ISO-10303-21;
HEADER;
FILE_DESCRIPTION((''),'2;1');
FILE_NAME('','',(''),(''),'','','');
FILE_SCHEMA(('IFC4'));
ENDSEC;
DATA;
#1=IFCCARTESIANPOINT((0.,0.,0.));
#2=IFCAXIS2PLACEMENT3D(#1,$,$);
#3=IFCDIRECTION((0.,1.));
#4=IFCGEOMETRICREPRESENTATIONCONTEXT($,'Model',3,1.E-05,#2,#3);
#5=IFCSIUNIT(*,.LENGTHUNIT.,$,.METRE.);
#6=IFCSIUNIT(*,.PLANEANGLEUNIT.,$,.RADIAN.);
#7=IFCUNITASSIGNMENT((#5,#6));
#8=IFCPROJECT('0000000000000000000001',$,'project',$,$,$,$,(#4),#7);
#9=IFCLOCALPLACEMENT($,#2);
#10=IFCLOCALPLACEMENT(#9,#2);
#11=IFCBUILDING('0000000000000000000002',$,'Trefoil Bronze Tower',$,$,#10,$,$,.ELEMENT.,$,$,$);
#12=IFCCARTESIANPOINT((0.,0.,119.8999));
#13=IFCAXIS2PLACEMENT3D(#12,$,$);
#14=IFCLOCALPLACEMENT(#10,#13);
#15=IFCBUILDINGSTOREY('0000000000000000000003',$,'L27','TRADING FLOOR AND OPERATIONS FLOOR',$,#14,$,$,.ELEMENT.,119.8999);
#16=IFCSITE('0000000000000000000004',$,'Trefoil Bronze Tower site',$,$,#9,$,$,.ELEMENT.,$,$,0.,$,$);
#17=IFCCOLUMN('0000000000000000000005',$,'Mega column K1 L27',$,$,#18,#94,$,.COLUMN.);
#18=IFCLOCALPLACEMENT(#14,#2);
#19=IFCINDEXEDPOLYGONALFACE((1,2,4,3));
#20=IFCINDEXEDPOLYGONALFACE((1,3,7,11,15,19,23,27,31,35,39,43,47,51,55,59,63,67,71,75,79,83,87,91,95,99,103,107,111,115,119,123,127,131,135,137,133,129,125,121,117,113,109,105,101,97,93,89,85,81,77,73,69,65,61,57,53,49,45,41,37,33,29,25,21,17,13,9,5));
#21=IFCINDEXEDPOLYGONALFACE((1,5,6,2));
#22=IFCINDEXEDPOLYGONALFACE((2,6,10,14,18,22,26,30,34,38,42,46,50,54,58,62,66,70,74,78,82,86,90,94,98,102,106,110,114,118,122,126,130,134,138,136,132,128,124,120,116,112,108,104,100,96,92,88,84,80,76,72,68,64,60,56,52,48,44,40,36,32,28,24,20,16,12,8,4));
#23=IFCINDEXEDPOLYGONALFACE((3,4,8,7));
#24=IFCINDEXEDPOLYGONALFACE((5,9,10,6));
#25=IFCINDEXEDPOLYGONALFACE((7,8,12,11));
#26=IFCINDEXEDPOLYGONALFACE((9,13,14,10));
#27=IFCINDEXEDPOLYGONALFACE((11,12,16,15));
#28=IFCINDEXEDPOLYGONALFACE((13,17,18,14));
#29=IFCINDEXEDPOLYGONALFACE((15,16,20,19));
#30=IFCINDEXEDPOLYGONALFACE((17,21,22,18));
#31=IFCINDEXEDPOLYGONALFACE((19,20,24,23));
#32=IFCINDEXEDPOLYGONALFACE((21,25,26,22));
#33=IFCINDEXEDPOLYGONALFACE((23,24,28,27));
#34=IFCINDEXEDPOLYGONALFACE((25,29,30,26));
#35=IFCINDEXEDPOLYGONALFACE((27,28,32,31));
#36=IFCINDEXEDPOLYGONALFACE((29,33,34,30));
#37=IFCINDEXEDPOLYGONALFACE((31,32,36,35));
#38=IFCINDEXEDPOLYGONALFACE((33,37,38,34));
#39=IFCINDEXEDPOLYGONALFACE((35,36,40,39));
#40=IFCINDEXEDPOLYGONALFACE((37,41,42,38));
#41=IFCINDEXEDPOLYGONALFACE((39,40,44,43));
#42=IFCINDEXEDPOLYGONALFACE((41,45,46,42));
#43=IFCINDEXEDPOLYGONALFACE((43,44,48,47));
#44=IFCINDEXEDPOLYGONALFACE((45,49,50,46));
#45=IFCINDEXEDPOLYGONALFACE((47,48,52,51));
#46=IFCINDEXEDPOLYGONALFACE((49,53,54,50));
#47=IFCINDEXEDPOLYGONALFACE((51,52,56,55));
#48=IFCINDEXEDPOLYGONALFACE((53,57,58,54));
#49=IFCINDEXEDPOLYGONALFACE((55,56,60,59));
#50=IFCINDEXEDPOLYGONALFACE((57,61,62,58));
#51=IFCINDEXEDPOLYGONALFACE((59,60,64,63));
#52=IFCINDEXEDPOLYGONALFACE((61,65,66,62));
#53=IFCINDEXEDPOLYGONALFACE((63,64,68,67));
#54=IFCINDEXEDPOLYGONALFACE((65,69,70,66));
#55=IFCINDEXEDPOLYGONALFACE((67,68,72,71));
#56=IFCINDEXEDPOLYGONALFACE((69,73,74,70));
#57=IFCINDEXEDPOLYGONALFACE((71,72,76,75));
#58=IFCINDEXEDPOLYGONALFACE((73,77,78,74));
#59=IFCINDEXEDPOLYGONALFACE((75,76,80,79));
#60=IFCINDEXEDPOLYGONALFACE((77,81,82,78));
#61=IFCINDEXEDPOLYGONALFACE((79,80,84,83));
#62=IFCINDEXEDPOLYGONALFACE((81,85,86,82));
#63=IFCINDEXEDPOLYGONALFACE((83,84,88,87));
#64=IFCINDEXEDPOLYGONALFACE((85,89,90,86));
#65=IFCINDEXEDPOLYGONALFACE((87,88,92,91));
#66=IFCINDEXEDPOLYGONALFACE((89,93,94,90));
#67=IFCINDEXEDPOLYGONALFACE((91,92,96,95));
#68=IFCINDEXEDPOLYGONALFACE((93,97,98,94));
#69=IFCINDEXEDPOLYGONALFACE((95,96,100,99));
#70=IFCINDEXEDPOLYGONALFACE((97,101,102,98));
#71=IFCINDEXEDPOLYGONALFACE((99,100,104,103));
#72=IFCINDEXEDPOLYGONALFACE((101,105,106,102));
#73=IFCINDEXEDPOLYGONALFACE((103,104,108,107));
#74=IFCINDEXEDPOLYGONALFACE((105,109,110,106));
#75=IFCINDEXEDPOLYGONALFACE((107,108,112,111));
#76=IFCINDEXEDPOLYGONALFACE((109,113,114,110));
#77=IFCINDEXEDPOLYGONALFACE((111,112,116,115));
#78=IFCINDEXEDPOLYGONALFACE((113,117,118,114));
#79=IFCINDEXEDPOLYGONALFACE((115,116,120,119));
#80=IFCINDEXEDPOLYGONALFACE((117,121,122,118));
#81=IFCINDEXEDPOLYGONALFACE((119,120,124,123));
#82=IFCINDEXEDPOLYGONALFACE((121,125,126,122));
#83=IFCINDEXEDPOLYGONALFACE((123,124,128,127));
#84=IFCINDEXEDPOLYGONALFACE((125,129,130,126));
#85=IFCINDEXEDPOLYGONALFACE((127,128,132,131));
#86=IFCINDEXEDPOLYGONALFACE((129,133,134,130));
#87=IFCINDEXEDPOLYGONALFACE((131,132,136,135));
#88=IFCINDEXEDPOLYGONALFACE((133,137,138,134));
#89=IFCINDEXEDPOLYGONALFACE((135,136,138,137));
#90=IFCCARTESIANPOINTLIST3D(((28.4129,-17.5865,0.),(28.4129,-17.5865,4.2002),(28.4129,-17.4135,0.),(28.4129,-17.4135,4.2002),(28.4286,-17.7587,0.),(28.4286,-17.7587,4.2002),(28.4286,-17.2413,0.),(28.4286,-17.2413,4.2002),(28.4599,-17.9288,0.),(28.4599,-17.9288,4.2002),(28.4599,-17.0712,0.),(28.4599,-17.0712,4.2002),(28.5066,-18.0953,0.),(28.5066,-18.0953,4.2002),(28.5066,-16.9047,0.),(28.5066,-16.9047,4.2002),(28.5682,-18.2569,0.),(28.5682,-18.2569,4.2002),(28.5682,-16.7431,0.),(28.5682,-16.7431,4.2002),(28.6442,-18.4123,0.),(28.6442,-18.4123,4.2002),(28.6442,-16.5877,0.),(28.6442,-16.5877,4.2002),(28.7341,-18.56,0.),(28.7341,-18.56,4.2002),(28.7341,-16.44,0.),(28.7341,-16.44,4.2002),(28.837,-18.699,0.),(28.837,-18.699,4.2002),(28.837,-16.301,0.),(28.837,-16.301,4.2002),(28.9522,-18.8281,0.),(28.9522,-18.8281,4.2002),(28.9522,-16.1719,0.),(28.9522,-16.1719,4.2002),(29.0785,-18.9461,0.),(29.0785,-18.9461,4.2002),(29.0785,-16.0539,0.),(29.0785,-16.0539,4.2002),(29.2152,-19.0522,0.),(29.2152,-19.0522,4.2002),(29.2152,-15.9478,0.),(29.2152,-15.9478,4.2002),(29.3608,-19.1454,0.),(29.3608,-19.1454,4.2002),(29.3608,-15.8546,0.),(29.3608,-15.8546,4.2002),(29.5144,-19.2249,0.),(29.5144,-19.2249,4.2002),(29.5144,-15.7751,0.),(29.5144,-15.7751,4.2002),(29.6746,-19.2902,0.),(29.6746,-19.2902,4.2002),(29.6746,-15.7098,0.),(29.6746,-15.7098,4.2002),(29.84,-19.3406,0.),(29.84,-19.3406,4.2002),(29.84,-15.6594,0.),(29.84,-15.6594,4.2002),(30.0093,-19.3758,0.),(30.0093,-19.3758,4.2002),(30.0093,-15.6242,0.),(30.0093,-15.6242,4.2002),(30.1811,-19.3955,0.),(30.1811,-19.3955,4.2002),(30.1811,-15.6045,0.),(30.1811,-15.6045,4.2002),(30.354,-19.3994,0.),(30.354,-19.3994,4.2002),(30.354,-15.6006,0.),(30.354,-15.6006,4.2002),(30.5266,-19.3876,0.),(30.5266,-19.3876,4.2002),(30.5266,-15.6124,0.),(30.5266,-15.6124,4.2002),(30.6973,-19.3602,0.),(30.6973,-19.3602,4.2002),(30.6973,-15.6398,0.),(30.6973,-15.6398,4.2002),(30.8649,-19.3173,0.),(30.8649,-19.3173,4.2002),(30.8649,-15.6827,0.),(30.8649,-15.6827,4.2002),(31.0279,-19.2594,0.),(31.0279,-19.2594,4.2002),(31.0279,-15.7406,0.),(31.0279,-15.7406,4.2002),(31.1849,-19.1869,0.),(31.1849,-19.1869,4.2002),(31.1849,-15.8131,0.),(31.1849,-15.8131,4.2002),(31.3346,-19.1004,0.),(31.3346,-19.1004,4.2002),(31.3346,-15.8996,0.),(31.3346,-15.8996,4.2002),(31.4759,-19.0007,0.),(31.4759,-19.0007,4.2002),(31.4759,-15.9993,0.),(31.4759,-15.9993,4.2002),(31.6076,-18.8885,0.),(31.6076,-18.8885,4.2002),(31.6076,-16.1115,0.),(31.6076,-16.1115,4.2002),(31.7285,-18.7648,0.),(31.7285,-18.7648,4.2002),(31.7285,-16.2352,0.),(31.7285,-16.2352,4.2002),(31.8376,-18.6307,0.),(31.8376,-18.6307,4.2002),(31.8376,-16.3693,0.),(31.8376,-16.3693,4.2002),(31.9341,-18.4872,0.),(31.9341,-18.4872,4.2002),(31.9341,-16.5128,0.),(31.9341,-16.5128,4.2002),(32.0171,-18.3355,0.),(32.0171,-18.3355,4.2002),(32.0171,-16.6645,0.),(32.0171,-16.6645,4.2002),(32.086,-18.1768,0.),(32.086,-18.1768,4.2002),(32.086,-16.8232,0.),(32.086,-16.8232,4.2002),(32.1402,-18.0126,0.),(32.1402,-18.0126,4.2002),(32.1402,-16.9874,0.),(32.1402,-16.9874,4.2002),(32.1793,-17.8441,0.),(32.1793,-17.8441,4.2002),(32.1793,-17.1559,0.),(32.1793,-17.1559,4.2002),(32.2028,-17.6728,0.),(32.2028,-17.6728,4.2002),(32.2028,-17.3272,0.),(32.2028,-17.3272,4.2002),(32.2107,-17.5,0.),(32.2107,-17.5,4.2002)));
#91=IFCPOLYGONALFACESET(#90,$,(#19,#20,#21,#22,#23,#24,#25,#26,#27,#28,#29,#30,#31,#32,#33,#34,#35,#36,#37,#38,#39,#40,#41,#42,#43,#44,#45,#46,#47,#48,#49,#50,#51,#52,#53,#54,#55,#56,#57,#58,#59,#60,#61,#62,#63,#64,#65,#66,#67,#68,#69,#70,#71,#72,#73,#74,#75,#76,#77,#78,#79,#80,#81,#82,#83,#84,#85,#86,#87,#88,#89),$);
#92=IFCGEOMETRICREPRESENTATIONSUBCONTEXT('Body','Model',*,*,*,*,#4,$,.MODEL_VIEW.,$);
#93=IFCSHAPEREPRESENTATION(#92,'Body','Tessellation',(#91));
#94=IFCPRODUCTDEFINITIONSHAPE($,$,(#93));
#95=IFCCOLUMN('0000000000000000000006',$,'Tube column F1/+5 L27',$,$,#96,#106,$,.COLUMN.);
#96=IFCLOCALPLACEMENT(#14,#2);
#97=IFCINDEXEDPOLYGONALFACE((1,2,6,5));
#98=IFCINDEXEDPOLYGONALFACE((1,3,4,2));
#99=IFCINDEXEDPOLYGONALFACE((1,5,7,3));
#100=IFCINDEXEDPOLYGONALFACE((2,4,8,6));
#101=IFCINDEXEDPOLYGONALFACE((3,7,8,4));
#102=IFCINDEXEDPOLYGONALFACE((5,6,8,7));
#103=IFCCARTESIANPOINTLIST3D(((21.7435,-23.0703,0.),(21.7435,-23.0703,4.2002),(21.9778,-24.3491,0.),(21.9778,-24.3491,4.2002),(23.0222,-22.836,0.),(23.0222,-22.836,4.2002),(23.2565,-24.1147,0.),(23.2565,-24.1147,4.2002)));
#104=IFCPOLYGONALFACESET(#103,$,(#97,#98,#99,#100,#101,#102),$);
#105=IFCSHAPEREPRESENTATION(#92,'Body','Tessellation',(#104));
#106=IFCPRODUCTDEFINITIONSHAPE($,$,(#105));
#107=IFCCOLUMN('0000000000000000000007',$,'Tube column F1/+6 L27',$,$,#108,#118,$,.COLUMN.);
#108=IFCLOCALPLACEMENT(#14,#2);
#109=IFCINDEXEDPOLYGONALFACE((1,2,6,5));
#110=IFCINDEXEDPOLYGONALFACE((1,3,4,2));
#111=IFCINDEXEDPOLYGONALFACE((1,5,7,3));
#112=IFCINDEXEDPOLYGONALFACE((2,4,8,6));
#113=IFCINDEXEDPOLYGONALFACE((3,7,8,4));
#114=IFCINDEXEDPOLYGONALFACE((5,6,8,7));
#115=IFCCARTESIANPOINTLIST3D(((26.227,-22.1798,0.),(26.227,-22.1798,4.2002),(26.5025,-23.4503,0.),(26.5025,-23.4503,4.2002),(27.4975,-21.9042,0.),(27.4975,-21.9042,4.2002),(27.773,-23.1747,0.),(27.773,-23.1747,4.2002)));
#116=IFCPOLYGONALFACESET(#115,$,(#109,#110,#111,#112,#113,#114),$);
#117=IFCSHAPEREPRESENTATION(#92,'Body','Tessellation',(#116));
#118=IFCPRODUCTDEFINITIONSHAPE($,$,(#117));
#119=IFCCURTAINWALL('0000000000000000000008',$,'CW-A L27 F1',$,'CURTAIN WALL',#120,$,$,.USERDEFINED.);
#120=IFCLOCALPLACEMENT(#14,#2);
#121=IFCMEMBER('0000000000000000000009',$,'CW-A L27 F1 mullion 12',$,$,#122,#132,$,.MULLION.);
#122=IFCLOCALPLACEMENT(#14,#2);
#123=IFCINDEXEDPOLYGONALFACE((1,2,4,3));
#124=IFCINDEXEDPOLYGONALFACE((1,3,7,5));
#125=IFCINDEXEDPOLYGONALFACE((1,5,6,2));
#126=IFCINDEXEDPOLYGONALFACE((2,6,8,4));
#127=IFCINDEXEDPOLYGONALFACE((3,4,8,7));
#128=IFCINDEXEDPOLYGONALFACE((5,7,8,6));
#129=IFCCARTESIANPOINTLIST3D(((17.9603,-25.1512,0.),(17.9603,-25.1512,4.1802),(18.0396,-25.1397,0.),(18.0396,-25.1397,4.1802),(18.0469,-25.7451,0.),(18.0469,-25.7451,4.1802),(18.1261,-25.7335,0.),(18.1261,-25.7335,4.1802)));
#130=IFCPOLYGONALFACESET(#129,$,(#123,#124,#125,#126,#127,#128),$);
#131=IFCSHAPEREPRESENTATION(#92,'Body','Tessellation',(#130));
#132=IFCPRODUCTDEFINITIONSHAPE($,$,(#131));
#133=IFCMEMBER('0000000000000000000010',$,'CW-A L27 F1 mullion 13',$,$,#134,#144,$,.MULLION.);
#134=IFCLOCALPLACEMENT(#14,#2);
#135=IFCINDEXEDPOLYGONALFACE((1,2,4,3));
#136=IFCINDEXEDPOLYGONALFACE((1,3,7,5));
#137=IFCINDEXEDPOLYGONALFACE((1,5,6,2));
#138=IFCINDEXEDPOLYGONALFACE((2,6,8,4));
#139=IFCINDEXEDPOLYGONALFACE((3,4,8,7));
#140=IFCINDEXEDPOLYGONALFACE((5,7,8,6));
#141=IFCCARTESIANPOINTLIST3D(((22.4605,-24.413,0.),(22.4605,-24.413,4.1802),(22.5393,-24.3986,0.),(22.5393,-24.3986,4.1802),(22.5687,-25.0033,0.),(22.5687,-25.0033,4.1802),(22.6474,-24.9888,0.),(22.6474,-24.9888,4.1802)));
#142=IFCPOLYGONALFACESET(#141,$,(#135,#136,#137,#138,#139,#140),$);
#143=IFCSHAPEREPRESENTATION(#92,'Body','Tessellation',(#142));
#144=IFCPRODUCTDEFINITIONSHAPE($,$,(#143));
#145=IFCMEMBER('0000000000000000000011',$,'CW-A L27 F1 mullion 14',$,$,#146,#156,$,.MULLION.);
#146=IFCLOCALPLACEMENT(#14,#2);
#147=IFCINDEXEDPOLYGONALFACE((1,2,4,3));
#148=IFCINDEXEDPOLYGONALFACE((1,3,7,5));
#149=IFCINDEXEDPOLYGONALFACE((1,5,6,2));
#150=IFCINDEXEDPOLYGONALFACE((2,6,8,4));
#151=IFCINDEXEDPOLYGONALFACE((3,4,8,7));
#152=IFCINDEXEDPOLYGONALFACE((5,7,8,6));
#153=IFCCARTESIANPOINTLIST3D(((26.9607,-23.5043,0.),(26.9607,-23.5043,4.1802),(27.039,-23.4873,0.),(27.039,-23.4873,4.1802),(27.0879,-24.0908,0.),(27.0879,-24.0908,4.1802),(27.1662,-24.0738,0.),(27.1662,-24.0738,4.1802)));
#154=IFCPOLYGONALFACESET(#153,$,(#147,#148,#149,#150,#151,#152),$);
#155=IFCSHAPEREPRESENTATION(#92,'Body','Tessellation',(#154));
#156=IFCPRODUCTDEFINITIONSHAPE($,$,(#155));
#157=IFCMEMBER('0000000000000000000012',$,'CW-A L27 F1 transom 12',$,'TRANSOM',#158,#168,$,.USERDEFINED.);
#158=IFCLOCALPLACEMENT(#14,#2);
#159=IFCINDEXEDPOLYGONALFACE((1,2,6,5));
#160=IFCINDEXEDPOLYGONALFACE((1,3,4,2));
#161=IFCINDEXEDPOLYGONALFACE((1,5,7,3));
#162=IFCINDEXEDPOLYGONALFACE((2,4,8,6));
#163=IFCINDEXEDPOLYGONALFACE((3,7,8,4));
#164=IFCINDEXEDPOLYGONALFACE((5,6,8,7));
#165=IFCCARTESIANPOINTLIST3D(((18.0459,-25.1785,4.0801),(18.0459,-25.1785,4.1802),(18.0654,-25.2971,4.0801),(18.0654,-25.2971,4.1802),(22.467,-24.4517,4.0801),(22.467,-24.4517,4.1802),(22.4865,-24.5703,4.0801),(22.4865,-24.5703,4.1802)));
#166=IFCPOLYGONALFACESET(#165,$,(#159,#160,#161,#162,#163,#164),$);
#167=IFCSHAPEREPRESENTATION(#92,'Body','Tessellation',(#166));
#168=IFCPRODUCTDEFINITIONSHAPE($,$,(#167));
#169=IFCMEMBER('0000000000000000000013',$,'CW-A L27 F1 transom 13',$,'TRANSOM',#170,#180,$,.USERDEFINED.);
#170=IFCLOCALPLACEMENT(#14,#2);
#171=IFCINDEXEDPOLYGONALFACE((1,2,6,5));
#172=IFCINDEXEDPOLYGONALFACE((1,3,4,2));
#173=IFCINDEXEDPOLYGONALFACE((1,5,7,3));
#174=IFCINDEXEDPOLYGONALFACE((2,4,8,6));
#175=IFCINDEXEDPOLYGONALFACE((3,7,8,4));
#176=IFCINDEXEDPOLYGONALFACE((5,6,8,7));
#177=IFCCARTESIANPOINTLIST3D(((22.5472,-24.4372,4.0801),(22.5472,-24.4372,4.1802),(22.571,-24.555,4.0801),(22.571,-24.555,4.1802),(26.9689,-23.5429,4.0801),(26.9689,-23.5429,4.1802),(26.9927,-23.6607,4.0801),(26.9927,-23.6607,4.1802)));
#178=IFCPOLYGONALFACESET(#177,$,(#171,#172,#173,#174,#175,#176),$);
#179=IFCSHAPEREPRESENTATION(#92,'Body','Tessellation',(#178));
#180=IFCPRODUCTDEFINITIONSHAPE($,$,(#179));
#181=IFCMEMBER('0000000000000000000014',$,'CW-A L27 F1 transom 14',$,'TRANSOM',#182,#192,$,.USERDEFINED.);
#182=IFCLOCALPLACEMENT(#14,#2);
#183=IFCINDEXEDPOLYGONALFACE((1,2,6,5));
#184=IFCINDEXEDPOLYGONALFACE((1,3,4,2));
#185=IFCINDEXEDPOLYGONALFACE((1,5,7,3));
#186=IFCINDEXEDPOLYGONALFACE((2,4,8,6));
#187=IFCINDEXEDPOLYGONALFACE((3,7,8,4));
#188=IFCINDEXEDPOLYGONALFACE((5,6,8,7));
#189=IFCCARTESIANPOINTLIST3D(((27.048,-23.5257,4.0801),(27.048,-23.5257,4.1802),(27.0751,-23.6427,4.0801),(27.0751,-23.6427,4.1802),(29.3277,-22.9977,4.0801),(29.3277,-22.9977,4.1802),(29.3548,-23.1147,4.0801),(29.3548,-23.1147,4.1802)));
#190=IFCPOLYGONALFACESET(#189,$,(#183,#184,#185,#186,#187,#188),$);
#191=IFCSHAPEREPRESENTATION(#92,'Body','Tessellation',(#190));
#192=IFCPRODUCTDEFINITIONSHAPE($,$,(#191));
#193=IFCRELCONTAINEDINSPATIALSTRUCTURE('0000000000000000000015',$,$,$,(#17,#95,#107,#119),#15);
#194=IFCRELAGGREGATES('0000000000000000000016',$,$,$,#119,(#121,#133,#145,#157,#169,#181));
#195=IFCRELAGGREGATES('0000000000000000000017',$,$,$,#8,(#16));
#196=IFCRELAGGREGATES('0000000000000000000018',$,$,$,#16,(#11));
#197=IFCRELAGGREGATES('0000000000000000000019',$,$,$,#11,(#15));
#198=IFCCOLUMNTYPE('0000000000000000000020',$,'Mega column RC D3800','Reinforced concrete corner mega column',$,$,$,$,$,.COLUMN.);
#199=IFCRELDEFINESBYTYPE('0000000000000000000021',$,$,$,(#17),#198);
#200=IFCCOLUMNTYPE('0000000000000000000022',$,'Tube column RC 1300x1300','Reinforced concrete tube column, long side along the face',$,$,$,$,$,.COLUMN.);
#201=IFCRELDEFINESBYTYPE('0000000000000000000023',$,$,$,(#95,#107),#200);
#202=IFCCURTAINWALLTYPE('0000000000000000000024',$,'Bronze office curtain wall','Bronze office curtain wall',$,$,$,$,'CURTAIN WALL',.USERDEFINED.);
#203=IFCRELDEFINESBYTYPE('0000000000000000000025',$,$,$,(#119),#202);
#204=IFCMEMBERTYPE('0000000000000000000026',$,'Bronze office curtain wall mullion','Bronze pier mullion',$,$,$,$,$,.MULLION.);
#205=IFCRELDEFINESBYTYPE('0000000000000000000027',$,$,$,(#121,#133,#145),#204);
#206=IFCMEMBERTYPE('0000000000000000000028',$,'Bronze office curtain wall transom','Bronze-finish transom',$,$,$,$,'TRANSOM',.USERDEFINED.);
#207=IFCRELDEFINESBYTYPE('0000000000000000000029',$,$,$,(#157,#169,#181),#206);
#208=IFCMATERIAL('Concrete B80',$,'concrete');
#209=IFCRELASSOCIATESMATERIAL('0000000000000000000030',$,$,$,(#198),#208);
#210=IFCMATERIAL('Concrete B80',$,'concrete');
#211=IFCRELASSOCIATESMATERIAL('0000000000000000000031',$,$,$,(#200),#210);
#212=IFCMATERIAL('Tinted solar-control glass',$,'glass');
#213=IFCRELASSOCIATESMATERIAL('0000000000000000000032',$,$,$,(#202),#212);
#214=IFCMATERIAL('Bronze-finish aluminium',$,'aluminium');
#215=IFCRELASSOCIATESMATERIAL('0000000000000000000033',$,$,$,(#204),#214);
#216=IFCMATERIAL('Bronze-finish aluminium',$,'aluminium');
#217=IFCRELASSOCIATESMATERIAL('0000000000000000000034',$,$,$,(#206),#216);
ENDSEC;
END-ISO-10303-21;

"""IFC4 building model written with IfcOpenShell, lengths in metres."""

from ifc_helpers import new_model, si_unit, direction, frame, origin, origin_2d, place, context, subcontext, project, spatial, rectangle, circle, extrude, material, material_profile, profile_set, type_object, element, aggregate, save


model = new_model("IFC4")

# Units and contexts
model_context = context("Model", 3, precision=1e-05, world=origin(), true_north=direction((0.0, 1.0)))
body_context = subcontext(model_context, "Body", "Model", "MODEL_VIEW")
ifc_project = project(units=[si_unit("LENGTHUNIT", "METRE"), si_unit("PLANEANGLEUNIT", "RADIAN")], contexts=[model_context])

# Site, building, storey
site_placement = place(None, origin())
site = spatial("IfcSite", under=ifc_project, at=site_placement, Name="Trefoil Bronze Tower site", CompositionType="ELEMENT", RefElevation=0.0)
building_placement = place(site_placement, origin())
building = spatial("IfcBuilding", under=site, at=building_placement, Name="Trefoil Bronze Tower", CompositionType="ELEMENT")
storey_placement = place(building_placement, frame((0.0, 0.0, 119.8999)))
storey = spatial("IfcBuildingStorey", under=building, at=storey_placement, Name="L27", Description="TRADING FLOOR AND OPERATIONS FLOOR", CompositionType="ELEMENT", Elevation=119.8999)

# Columns
ifc_material_1 = material(Name="Concrete B80", Category="concrete")
ifc_material_profile_1 = material_profile(ifc_material_1, circle(Radius=1.8999, at=origin_2d()), Name="RC D3800")
ifc_profile_set_1 = profile_set([ifc_material_profile_1], Name="Concrete B80")
column_type_1 = type_object("IfcColumnType", Name="Mega column RC D3800", Description="Reinforced concrete corner mega column", PredefinedType="COLUMN", material=ifc_profile_set_1)
column_placement = place(storey_placement, frame((30.3108, -17.5, 0.0), z_axis=(0.0, 0.0, 1.0), x_axis=(1.0, 0.0, 0.0)))
element("IfcColumn", 1, at=column_placement, inside=storey, type_object=column_type_1, Name="Mega column K1 L27", PredefinedType="COLUMN", context=body_context, shape_type="SweptSolid", body=[
    extrude(circle(Radius=1.8999, at=origin_2d()), origin(), (0.0, 0.0, 1.0), 4.2002),
])
ifc_material_2 = material(Name="Concrete B80", Category="concrete")
ifc_material_profile_2 = material_profile(ifc_material_2, rectangle(XDim=1.3, YDim=1.3, at=origin_2d()), Name="RC 1300x1300")
ifc_profile_set_2 = profile_set([ifc_material_profile_2], Name="Concrete B80")
column_type_2 = type_object("IfcColumnType", Name="Tube column RC 1300x1300", Description="Reinforced concrete tube column, long side along the face", PredefinedType="COLUMN", material=ifc_profile_set_2)
for number, where, z_axis, x_axis, name in (
    (2, (22.5, -23.5925, 0.0), (0.0, 0.0, 1.0), (0.983623, 0.180241, 0.0), "Tube column F1/+5 L27"),
    (3, (27.0, -22.6772, 0.0), (0.0, 0.0, 1.0), (0.977276, 0.21197, 0.0), "Tube column F1/+6 L27"),
):
    element("IfcColumn", number, at=place(storey_placement, frame(where, z_axis=z_axis, x_axis=x_axis)), inside=storey, type_object=column_type_2, Name=name, PredefinedType="COLUMN", context=body_context, shape_type="SweptSolid", body=[
        extrude(rectangle(XDim=1.3, YDim=1.3, at=origin_2d()), origin(), (0.0, 0.0, 1.0), 4.2002),
    ])

# Curtain wall, members
ifc_material_3 = material(Name="Tinted solar-control glass", Category="glass")
curtain_wall_type_1 = type_object("IfcCurtainWallType", Name="Bronze office curtain wall", Description="Bronze office curtain wall", ElementType="CURTAIN WALL", PredefinedType="USERDEFINED", material=ifc_material_3)
curtain_wall_1_placement = place(storey_placement, origin())
curtain_wall_1 = element("IfcCurtainWall", 4, at=curtain_wall_1_placement, inside=storey, type_object=curtain_wall_type_1, Name="CW-A L27 F1", ObjectType="CURTAIN WALL", PredefinedType="USERDEFINED")
ifc_material_4 = material(Name="Bronze-finish aluminium", Category="aluminium")
ifc_material_profile_3 = material_profile(ifc_material_4, rectangle(XDim=0.6001, YDim=0.0801, at=origin_2d()), Name="CW-A mullion")
ifc_profile_set_3 = profile_set([ifc_material_profile_3], Name="Bronze-finish aluminium")
member_type_1 = type_object("IfcMemberType", Name="Bronze office curtain wall mullion", Description="Bronze pier mullion", PredefinedType="MULLION", material=ifc_profile_set_3)
member_1_placement = place(storey_placement, frame((18.0432, -25.4424, 0.0), z_axis=(0.0, 0.0, 1.0), x_axis=(-0.144192, 0.98955, 0.0)))
member_1 = element("IfcMember", 5, at=member_1_placement, type_object=member_type_1, Name="CW-A L27 F1 mullion 12", PredefinedType="MULLION", context=body_context, shape_type="SweptSolid", body=[
    extrude(rectangle(XDim=0.6001, YDim=0.0801, at=origin_2d()), origin(), (0.0, 0.0, 1.0), 4.1802),
])
member_2_placement = place(storey_placement, frame((22.554, -24.7009, 0.0), z_axis=(0.0, 0.0, 1.0), x_axis=(-0.180241, 0.983623, 0.0)))
member_2 = element("IfcMember", 6, at=member_2_placement, type_object=member_type_1, Name="CW-A L27 F1 mullion 13", PredefinedType="MULLION", context=body_context, shape_type="SweptSolid", body=[
    extrude(rectangle(XDim=0.6001, YDim=0.0801, at=origin_2d()), origin(), (0.0, 0.0, 1.0), 4.1802),
])
member_3_placement = place(storey_placement, frame((27.0635, -23.7891, 0.0), z_axis=(0.0, 0.0, 1.0), x_axis=(-0.21197, 0.977276, 0.0)))
member_3 = element("IfcMember", 7, at=member_3_placement, type_object=member_type_1, Name="CW-A L27 F1 mullion 14", PredefinedType="MULLION", context=body_context, shape_type="SweptSolid", body=[
    extrude(rectangle(XDim=0.6001, YDim=0.0801, at=origin_2d()), origin(), (0.0, 0.0, 1.0), 4.1802),
])
ifc_material_5 = material(Name="Bronze-finish aluminium", Category="aluminium")
ifc_material_profile_4 = material_profile(ifc_material_5, rectangle(XDim=0.1201, YDim=0.1001, at=origin_2d()), Name="CW-A transom")
ifc_profile_set_4 = profile_set([ifc_material_profile_4], Name="Bronze-finish aluminium")
member_type_2 = type_object("IfcMemberType", Name="Bronze office curtain wall transom", Description="Bronze-finish transom", ElementType="TRANSOM", PredefinedType="USERDEFINED", material=ifc_profile_set_4)
member_4_placement = place(storey_placement, frame((18.0557, -25.2378, 4.1301), z_axis=(0.986755, 0.162216, 0.0), x_axis=(-0.162216, 0.986755, 0.0)))
member_4 = element("IfcMember", 8, at=member_4_placement, type_object=member_type_2, Name="CW-A L27 F1 transom 12", ObjectType="TRANSOM", PredefinedType="USERDEFINED", context=body_context, shape_type="SweptSolid", body=[
    extrude(rectangle(XDim=0.1201, YDim=0.1001, at=origin_2d()), origin(), (0.0, 0.0, 1.0), 4.4805),
])
member_5_placement = place(storey_placement, frame((22.5591, -24.4961, 4.1301), z_axis=(0.980154, 0.198239, 0.0), x_axis=(-0.198239, 0.980154, 0.0)))
member_5 = element("IfcMember", 9, at=member_5_placement, type_object=member_type_2, Name="CW-A L27 F1 transom 13", ObjectType="TRANSOM", PredefinedType="USERDEFINED", context=body_context, shape_type="SweptSolid", body=[
    extrude(rectangle(XDim=0.1201, YDim=0.1001, at=origin_2d()), origin(), (0.0, 0.0, 1.0), 4.5112),
])
member_6_placement = place(storey_placement, frame((27.0615, -23.5842, 4.1301), z_axis=(0.974206, 0.225659, 0.0), x_axis=(-0.225659, 0.974206, 0.0)))
member_6 = element("IfcMember", 10, at=member_6_placement, type_object=member_type_2, Name="CW-A L27 F1 transom 14", ObjectType="TRANSOM", PredefinedType="USERDEFINED", context=body_context, shape_type="SweptSolid", body=[
    extrude(rectangle(XDim=0.1201, YDim=0.1001, at=origin_2d()), origin(), (0.0, 0.0, 1.0), 2.3401),
])

aggregate(curtain_wall_1, [member_1, member_2, member_3, member_4, member_5, member_6])

save(model, "model.ifc")
